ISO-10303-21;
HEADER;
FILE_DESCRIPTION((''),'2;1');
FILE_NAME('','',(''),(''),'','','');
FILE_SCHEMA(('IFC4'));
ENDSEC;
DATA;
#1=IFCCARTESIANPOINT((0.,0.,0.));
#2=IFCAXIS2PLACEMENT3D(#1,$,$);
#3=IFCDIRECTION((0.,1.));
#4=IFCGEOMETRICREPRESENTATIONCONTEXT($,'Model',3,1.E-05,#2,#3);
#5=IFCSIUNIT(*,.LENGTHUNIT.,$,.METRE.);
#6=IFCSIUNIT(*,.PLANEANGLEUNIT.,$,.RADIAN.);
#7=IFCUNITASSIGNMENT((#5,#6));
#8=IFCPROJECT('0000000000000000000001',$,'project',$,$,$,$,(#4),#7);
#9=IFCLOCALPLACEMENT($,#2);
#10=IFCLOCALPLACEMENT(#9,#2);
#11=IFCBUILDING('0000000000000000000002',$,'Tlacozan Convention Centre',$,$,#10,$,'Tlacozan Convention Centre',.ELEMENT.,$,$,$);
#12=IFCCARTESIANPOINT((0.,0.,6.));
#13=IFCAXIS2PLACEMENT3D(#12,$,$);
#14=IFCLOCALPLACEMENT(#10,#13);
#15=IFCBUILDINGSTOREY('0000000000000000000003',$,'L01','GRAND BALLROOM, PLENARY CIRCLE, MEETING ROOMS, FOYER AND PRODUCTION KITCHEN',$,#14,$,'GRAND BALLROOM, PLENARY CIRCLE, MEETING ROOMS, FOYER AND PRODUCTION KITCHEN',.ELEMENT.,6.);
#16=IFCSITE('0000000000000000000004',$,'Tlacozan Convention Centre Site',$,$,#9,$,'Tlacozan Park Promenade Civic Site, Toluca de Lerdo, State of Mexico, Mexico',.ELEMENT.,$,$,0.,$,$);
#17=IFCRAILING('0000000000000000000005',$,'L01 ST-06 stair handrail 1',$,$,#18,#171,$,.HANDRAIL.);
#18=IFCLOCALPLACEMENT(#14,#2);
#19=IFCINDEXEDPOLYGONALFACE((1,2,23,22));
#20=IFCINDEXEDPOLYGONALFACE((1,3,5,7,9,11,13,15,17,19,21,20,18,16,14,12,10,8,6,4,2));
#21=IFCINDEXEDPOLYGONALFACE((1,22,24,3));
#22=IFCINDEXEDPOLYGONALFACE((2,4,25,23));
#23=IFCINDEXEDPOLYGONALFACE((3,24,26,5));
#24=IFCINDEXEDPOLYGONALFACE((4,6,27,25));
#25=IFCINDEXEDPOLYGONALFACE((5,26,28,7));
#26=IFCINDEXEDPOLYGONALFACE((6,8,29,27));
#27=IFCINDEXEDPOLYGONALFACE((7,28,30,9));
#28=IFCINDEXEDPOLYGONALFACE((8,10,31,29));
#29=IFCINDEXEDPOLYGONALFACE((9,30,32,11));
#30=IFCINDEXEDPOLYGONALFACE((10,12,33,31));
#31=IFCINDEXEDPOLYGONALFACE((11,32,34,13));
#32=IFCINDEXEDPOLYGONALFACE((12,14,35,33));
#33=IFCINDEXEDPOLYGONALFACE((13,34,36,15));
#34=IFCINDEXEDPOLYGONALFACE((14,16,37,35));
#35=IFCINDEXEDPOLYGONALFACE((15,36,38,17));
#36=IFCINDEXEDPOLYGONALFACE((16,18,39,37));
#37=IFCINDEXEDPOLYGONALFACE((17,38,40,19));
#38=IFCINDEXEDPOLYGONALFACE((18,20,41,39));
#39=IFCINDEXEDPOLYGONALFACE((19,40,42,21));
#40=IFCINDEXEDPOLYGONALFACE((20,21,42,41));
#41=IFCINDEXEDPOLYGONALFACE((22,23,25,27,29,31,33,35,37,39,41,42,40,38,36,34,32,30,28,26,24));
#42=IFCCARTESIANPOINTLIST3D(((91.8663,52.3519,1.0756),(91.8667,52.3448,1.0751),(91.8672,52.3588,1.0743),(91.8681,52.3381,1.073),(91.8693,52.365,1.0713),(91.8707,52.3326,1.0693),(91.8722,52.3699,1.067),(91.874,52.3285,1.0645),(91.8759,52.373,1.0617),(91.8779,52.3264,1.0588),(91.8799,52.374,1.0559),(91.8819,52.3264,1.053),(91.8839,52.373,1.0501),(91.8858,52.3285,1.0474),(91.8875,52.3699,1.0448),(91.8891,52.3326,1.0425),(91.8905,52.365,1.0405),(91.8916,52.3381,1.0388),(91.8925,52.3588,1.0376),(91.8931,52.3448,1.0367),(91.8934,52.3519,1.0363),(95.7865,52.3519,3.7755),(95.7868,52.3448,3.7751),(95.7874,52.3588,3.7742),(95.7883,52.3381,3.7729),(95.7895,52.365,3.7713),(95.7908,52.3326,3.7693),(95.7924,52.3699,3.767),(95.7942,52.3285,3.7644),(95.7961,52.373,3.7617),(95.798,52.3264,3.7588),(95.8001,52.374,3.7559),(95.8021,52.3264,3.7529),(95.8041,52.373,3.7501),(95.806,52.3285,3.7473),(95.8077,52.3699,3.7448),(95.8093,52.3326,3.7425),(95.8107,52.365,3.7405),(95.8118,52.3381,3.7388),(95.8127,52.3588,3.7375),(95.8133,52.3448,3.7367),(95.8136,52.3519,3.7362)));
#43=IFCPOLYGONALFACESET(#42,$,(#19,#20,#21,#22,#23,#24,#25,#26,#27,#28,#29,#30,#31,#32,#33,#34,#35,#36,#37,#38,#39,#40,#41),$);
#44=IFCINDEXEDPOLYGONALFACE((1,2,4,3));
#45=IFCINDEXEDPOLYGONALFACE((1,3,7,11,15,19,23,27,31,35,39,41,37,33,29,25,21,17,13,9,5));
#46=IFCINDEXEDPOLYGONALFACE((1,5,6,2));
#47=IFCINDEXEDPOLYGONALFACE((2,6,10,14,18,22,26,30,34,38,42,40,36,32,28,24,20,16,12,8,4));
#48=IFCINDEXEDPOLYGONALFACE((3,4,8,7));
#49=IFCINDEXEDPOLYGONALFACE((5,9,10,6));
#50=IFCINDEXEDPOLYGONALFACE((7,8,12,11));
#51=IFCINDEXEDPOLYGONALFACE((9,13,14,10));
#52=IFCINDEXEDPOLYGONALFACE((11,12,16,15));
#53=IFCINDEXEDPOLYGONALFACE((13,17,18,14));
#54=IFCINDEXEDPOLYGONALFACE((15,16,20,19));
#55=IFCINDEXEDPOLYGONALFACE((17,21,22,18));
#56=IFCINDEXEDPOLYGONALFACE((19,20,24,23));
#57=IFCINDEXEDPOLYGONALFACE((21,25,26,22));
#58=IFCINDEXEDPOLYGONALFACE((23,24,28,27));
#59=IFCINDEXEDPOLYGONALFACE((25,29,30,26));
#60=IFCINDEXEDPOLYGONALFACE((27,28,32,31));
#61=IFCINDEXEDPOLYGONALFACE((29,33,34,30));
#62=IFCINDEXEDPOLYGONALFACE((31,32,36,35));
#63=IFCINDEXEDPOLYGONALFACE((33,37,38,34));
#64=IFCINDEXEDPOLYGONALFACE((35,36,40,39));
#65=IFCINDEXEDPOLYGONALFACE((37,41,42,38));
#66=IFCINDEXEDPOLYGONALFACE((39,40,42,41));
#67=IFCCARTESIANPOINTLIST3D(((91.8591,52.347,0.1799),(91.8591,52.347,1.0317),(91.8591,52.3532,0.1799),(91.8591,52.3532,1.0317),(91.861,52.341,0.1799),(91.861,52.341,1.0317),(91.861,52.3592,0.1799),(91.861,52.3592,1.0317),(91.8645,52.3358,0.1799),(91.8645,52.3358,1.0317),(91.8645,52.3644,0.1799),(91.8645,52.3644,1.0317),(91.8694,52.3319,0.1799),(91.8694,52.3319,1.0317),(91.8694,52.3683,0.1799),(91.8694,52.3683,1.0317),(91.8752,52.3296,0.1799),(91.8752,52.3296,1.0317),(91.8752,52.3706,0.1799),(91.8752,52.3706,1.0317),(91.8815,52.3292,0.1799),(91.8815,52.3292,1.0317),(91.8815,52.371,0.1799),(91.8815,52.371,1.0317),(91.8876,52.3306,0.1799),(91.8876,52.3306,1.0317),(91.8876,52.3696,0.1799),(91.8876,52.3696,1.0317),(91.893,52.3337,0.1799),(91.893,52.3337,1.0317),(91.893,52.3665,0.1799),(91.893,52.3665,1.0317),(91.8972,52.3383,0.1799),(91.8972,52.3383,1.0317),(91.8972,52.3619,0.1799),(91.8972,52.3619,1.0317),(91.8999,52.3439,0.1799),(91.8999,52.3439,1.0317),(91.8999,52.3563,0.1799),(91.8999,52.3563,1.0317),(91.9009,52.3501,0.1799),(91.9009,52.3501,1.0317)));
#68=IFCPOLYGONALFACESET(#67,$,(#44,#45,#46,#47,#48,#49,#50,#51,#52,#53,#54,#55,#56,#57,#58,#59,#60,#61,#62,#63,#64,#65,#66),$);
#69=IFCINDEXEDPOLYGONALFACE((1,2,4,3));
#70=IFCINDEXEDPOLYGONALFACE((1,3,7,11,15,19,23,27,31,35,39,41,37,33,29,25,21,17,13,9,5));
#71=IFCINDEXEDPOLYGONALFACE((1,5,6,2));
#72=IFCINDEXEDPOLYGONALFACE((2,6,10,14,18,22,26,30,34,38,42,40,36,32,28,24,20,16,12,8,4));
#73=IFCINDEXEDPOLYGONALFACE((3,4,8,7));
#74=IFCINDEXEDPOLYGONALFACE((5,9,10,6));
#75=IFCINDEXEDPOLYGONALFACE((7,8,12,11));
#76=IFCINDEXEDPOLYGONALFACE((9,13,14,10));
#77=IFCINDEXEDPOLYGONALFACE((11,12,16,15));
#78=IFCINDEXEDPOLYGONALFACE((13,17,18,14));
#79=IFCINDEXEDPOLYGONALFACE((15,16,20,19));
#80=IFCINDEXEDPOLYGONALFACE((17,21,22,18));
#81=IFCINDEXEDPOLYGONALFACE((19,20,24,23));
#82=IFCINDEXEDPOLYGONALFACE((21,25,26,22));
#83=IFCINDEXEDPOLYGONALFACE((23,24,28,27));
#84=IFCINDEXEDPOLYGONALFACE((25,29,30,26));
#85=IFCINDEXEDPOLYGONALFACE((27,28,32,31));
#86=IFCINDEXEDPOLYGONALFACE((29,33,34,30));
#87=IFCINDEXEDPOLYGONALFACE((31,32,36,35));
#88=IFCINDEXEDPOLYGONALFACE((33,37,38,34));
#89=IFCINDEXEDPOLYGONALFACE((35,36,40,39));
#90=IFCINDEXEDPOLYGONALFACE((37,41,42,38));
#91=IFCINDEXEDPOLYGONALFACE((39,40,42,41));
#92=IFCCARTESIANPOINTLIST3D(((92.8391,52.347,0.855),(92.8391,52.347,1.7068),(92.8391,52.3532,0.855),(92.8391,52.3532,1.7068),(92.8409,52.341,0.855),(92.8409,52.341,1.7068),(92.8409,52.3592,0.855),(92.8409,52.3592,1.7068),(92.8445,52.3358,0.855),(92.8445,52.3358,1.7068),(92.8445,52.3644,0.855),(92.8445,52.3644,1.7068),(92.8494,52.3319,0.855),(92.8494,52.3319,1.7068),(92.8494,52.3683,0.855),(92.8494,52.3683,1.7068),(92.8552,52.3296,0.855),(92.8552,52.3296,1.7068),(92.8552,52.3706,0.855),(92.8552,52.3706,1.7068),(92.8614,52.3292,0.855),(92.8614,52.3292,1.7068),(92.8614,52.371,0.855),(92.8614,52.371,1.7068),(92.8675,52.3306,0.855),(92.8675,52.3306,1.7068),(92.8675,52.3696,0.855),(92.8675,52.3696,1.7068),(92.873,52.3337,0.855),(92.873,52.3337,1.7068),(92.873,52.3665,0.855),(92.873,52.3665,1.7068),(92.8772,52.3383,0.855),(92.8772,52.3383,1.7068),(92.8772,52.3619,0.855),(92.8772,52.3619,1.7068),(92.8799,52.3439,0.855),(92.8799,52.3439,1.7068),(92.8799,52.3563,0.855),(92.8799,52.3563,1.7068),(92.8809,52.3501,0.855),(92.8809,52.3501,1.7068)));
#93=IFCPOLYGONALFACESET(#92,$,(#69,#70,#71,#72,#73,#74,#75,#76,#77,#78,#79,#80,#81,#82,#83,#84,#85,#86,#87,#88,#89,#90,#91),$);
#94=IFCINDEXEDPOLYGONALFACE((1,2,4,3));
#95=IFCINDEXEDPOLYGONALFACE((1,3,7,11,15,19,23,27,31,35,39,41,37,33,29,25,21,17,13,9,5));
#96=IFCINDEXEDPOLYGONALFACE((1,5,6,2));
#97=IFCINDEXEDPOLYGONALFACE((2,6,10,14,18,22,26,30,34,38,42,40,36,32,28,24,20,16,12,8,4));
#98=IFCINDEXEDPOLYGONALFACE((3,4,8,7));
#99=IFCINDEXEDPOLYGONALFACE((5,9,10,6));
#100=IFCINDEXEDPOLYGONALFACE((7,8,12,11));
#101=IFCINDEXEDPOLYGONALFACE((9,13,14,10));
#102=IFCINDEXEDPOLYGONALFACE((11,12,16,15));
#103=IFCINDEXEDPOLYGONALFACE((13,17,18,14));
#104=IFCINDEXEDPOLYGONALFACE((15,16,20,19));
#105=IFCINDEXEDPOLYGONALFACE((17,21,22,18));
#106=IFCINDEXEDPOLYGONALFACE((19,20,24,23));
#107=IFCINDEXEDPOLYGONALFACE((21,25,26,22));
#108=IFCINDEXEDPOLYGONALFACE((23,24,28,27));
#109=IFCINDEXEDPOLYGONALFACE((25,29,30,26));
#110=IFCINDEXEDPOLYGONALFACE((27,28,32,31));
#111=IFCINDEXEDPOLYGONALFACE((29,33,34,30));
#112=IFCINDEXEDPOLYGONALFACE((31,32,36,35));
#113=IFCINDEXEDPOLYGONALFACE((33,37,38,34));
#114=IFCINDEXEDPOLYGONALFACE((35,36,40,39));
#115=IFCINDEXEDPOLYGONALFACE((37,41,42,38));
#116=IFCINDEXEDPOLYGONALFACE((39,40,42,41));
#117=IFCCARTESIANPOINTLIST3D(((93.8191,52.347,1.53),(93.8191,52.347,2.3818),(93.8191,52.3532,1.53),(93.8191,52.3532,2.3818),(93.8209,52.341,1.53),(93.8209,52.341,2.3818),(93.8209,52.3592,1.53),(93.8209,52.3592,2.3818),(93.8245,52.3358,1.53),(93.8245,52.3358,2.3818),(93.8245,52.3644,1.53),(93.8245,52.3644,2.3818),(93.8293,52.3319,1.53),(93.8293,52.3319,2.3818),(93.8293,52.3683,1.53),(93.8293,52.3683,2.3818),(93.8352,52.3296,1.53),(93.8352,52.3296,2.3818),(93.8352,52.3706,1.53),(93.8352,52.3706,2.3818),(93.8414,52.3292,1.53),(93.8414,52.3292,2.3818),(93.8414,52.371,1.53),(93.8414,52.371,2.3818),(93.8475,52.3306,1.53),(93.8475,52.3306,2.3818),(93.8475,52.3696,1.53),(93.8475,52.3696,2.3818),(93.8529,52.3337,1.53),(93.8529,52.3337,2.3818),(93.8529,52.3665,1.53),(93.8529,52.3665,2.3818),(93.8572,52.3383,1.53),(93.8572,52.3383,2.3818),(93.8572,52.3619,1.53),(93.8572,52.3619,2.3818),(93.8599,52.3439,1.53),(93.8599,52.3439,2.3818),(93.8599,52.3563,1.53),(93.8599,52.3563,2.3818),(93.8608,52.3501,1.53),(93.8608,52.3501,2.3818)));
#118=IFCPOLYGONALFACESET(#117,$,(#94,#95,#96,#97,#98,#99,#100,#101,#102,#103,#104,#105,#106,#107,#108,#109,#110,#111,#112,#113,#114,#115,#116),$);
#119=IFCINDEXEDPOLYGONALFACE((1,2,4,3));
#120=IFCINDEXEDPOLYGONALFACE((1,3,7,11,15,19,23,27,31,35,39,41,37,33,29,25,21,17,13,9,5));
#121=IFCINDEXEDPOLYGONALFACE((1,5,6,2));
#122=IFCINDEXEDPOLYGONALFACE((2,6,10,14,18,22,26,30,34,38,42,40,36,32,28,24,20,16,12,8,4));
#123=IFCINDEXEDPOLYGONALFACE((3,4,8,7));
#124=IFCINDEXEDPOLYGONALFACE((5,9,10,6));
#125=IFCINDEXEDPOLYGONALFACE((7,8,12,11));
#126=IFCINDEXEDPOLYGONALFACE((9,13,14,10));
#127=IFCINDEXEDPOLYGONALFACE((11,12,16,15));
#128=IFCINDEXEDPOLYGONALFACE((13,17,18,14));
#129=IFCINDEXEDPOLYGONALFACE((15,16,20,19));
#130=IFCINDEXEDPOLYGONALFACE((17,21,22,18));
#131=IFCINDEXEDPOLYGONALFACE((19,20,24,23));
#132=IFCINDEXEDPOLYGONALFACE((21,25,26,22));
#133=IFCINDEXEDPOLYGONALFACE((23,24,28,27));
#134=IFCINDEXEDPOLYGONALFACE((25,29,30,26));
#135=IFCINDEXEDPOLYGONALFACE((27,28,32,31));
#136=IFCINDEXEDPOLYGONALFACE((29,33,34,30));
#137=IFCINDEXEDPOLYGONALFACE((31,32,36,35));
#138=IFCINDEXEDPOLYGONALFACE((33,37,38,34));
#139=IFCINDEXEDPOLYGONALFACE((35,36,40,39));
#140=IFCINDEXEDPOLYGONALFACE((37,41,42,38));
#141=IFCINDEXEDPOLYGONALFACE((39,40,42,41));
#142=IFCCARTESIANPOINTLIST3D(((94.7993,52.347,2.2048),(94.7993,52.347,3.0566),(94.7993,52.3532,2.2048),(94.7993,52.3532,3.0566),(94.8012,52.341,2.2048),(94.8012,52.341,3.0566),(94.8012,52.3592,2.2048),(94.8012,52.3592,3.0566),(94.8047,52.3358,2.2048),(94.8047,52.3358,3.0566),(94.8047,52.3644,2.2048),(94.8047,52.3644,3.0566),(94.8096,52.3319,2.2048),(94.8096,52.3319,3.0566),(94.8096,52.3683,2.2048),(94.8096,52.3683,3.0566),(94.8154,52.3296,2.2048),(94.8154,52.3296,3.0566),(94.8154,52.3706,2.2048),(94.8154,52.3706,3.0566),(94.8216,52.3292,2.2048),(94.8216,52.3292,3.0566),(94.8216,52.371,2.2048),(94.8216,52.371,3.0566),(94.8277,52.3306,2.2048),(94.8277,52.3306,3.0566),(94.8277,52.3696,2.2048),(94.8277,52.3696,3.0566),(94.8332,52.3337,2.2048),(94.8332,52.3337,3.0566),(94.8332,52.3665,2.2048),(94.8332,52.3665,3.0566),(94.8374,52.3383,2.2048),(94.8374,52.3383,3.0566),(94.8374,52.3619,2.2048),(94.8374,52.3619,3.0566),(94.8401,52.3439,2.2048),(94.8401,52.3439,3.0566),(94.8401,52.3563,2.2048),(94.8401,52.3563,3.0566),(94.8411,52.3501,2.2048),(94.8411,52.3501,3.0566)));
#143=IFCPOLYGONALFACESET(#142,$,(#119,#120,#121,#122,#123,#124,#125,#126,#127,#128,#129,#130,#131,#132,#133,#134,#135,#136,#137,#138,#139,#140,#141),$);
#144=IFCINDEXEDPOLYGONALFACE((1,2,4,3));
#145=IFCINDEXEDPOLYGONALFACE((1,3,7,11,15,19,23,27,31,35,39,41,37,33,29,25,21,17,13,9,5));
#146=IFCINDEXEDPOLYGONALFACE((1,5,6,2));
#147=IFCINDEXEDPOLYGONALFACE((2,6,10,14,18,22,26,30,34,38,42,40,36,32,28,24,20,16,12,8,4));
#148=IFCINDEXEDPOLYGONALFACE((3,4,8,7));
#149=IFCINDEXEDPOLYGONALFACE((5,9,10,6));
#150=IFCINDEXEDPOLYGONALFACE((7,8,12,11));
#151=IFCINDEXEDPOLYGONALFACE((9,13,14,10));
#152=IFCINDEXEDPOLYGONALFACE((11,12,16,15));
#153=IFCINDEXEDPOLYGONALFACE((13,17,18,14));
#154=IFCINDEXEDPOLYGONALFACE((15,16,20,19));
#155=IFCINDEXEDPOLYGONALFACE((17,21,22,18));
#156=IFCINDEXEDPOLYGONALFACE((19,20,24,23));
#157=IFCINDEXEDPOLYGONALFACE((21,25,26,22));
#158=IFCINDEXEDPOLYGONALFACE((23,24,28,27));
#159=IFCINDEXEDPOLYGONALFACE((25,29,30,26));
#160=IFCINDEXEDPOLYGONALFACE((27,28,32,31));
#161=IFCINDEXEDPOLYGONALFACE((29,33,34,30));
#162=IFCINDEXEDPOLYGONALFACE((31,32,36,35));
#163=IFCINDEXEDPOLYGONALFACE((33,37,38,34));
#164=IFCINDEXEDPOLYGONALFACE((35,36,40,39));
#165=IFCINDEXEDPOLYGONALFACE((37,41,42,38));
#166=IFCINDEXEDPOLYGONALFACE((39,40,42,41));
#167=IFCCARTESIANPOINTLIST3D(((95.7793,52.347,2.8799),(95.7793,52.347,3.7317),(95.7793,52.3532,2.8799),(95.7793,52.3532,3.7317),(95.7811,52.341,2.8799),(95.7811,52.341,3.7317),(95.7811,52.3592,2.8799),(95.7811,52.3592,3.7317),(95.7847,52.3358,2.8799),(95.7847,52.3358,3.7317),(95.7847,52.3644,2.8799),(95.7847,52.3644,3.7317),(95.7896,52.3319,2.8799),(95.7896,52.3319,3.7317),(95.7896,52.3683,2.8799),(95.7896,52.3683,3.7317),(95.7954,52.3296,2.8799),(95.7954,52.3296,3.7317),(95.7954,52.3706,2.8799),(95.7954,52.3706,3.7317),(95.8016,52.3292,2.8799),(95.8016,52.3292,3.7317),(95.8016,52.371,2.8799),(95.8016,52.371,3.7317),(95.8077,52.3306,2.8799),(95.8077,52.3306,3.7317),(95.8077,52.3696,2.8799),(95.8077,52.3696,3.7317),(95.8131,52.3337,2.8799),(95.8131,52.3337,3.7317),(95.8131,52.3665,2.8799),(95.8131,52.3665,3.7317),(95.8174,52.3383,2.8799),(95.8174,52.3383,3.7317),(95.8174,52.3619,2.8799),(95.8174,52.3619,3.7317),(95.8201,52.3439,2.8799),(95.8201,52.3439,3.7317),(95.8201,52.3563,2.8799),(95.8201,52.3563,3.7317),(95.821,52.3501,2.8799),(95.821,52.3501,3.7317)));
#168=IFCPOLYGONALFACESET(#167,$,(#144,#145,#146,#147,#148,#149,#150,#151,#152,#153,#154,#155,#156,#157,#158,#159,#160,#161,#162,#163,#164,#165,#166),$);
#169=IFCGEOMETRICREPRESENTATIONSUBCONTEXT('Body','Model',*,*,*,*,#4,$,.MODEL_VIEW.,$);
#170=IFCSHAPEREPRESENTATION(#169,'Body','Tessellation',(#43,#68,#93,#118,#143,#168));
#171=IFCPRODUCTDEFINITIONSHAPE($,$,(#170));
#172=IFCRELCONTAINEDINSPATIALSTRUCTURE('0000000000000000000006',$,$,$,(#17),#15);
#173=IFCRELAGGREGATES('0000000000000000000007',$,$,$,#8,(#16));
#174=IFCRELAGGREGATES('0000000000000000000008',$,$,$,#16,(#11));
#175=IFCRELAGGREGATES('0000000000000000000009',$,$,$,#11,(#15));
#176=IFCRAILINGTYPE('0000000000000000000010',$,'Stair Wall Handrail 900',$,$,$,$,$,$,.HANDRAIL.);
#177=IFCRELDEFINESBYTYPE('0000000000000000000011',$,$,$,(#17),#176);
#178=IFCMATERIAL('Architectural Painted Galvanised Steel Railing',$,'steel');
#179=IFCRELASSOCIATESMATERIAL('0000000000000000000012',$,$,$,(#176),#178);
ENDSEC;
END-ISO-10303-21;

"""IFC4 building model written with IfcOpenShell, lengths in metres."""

from ifc_helpers import new_model, si_unit, direction, frame, origin, origin_2d, place, context, subcontext, project, spatial, circle, extrude, material, type_object, element, save


model = new_model("IFC4")

# Units and contexts
model_context = context("Model", 3, precision=1e-05, world=origin(), true_north=direction((0.0, 1.0)))
body_context = subcontext(model_context, "Body", "Model", "MODEL_VIEW")
ifc_project = project(units=[si_unit("LENGTHUNIT", "METRE"), si_unit("PLANEANGLEUNIT", "RADIAN")], contexts=[model_context])

# Site, building, storey
site_placement = place(None, origin())
site = spatial("IfcSite", under=ifc_project, at=site_placement, Name="Tlacozan Convention Centre Site", LongName="Tlacozan Park Promenade Civic Site, Toluca de Lerdo, State of Mexico, Mexico", CompositionType="ELEMENT", RefElevation=0.0)
building_placement = place(site_placement, origin())
building = spatial("IfcBuilding", under=site, at=building_placement, Name="Tlacozan Convention Centre", LongName="Tlacozan Convention Centre", CompositionType="ELEMENT")
storey_placement = place(building_placement, frame((0.0, 0.0, 6.0)))
storey = spatial("IfcBuildingStorey", under=building, at=storey_placement, Name="L01", Description="GRAND BALLROOM, PLENARY CIRCLE, MEETING ROOMS, FOYER AND PRODUCTION KITCHEN", LongName="GRAND BALLROOM, PLENARY CIRCLE, MEETING ROOMS, FOYER AND PRODUCTION KITCHEN", CompositionType="ELEMENT", Elevation=6.0)

# Railing
ifc_material_1 = material(Name="Architectural Painted Galvanised Steel Railing", Category="steel")
railing_type_1 = type_object("IfcRailingType", Name="Stair Wall Handrail 900", PredefinedType="HANDRAIL", material=ifc_material_1)
railing_1_placement = place(storey_placement, frame((91.8799, 52.3501, 0.1799)))
element("IfcRailing", 1, at=railing_1_placement, inside=storey, type_object=railing_type_1, Name="L01 ST-06 stair handrail 1", PredefinedType="HANDRAIL", context=body_context, shape_type="SweptSolid", body=[
    extrude(circle(Radius=0.0239, at=origin_2d()), frame((0.0, 0.0, 0.876), z_axis=(0.823567, 0.0, 0.567219), x_axis=(0.0, 1.0, 0.0)), (0.0, 0.0, 1.0), 4.76),
    extrude(circle(Radius=0.021, at=origin_2d()), origin(), (0.0, 0.0, 1.0), 0.8518),
    extrude(circle(Radius=0.021, at=origin_2d()), frame((0.98, 0.0, 0.675)), (0.0, 0.0, 1.0), 0.8518),
    extrude(circle(Radius=0.021, at=origin_2d()), frame((1.96, 0.0, 1.3501)), (0.0, 0.0, 1.0), 0.8518),
    extrude(circle(Radius=0.021, at=origin_2d()), frame((2.9402, 0.0, 2.0249)), (0.0, 0.0, 1.0), 0.8518),
    extrude(circle(Radius=0.021, at=origin_2d()), frame((3.9202, 0.0, 2.7)), (0.0, 0.0, 1.0), 0.8518),
])

save(model, "model.ifc")
